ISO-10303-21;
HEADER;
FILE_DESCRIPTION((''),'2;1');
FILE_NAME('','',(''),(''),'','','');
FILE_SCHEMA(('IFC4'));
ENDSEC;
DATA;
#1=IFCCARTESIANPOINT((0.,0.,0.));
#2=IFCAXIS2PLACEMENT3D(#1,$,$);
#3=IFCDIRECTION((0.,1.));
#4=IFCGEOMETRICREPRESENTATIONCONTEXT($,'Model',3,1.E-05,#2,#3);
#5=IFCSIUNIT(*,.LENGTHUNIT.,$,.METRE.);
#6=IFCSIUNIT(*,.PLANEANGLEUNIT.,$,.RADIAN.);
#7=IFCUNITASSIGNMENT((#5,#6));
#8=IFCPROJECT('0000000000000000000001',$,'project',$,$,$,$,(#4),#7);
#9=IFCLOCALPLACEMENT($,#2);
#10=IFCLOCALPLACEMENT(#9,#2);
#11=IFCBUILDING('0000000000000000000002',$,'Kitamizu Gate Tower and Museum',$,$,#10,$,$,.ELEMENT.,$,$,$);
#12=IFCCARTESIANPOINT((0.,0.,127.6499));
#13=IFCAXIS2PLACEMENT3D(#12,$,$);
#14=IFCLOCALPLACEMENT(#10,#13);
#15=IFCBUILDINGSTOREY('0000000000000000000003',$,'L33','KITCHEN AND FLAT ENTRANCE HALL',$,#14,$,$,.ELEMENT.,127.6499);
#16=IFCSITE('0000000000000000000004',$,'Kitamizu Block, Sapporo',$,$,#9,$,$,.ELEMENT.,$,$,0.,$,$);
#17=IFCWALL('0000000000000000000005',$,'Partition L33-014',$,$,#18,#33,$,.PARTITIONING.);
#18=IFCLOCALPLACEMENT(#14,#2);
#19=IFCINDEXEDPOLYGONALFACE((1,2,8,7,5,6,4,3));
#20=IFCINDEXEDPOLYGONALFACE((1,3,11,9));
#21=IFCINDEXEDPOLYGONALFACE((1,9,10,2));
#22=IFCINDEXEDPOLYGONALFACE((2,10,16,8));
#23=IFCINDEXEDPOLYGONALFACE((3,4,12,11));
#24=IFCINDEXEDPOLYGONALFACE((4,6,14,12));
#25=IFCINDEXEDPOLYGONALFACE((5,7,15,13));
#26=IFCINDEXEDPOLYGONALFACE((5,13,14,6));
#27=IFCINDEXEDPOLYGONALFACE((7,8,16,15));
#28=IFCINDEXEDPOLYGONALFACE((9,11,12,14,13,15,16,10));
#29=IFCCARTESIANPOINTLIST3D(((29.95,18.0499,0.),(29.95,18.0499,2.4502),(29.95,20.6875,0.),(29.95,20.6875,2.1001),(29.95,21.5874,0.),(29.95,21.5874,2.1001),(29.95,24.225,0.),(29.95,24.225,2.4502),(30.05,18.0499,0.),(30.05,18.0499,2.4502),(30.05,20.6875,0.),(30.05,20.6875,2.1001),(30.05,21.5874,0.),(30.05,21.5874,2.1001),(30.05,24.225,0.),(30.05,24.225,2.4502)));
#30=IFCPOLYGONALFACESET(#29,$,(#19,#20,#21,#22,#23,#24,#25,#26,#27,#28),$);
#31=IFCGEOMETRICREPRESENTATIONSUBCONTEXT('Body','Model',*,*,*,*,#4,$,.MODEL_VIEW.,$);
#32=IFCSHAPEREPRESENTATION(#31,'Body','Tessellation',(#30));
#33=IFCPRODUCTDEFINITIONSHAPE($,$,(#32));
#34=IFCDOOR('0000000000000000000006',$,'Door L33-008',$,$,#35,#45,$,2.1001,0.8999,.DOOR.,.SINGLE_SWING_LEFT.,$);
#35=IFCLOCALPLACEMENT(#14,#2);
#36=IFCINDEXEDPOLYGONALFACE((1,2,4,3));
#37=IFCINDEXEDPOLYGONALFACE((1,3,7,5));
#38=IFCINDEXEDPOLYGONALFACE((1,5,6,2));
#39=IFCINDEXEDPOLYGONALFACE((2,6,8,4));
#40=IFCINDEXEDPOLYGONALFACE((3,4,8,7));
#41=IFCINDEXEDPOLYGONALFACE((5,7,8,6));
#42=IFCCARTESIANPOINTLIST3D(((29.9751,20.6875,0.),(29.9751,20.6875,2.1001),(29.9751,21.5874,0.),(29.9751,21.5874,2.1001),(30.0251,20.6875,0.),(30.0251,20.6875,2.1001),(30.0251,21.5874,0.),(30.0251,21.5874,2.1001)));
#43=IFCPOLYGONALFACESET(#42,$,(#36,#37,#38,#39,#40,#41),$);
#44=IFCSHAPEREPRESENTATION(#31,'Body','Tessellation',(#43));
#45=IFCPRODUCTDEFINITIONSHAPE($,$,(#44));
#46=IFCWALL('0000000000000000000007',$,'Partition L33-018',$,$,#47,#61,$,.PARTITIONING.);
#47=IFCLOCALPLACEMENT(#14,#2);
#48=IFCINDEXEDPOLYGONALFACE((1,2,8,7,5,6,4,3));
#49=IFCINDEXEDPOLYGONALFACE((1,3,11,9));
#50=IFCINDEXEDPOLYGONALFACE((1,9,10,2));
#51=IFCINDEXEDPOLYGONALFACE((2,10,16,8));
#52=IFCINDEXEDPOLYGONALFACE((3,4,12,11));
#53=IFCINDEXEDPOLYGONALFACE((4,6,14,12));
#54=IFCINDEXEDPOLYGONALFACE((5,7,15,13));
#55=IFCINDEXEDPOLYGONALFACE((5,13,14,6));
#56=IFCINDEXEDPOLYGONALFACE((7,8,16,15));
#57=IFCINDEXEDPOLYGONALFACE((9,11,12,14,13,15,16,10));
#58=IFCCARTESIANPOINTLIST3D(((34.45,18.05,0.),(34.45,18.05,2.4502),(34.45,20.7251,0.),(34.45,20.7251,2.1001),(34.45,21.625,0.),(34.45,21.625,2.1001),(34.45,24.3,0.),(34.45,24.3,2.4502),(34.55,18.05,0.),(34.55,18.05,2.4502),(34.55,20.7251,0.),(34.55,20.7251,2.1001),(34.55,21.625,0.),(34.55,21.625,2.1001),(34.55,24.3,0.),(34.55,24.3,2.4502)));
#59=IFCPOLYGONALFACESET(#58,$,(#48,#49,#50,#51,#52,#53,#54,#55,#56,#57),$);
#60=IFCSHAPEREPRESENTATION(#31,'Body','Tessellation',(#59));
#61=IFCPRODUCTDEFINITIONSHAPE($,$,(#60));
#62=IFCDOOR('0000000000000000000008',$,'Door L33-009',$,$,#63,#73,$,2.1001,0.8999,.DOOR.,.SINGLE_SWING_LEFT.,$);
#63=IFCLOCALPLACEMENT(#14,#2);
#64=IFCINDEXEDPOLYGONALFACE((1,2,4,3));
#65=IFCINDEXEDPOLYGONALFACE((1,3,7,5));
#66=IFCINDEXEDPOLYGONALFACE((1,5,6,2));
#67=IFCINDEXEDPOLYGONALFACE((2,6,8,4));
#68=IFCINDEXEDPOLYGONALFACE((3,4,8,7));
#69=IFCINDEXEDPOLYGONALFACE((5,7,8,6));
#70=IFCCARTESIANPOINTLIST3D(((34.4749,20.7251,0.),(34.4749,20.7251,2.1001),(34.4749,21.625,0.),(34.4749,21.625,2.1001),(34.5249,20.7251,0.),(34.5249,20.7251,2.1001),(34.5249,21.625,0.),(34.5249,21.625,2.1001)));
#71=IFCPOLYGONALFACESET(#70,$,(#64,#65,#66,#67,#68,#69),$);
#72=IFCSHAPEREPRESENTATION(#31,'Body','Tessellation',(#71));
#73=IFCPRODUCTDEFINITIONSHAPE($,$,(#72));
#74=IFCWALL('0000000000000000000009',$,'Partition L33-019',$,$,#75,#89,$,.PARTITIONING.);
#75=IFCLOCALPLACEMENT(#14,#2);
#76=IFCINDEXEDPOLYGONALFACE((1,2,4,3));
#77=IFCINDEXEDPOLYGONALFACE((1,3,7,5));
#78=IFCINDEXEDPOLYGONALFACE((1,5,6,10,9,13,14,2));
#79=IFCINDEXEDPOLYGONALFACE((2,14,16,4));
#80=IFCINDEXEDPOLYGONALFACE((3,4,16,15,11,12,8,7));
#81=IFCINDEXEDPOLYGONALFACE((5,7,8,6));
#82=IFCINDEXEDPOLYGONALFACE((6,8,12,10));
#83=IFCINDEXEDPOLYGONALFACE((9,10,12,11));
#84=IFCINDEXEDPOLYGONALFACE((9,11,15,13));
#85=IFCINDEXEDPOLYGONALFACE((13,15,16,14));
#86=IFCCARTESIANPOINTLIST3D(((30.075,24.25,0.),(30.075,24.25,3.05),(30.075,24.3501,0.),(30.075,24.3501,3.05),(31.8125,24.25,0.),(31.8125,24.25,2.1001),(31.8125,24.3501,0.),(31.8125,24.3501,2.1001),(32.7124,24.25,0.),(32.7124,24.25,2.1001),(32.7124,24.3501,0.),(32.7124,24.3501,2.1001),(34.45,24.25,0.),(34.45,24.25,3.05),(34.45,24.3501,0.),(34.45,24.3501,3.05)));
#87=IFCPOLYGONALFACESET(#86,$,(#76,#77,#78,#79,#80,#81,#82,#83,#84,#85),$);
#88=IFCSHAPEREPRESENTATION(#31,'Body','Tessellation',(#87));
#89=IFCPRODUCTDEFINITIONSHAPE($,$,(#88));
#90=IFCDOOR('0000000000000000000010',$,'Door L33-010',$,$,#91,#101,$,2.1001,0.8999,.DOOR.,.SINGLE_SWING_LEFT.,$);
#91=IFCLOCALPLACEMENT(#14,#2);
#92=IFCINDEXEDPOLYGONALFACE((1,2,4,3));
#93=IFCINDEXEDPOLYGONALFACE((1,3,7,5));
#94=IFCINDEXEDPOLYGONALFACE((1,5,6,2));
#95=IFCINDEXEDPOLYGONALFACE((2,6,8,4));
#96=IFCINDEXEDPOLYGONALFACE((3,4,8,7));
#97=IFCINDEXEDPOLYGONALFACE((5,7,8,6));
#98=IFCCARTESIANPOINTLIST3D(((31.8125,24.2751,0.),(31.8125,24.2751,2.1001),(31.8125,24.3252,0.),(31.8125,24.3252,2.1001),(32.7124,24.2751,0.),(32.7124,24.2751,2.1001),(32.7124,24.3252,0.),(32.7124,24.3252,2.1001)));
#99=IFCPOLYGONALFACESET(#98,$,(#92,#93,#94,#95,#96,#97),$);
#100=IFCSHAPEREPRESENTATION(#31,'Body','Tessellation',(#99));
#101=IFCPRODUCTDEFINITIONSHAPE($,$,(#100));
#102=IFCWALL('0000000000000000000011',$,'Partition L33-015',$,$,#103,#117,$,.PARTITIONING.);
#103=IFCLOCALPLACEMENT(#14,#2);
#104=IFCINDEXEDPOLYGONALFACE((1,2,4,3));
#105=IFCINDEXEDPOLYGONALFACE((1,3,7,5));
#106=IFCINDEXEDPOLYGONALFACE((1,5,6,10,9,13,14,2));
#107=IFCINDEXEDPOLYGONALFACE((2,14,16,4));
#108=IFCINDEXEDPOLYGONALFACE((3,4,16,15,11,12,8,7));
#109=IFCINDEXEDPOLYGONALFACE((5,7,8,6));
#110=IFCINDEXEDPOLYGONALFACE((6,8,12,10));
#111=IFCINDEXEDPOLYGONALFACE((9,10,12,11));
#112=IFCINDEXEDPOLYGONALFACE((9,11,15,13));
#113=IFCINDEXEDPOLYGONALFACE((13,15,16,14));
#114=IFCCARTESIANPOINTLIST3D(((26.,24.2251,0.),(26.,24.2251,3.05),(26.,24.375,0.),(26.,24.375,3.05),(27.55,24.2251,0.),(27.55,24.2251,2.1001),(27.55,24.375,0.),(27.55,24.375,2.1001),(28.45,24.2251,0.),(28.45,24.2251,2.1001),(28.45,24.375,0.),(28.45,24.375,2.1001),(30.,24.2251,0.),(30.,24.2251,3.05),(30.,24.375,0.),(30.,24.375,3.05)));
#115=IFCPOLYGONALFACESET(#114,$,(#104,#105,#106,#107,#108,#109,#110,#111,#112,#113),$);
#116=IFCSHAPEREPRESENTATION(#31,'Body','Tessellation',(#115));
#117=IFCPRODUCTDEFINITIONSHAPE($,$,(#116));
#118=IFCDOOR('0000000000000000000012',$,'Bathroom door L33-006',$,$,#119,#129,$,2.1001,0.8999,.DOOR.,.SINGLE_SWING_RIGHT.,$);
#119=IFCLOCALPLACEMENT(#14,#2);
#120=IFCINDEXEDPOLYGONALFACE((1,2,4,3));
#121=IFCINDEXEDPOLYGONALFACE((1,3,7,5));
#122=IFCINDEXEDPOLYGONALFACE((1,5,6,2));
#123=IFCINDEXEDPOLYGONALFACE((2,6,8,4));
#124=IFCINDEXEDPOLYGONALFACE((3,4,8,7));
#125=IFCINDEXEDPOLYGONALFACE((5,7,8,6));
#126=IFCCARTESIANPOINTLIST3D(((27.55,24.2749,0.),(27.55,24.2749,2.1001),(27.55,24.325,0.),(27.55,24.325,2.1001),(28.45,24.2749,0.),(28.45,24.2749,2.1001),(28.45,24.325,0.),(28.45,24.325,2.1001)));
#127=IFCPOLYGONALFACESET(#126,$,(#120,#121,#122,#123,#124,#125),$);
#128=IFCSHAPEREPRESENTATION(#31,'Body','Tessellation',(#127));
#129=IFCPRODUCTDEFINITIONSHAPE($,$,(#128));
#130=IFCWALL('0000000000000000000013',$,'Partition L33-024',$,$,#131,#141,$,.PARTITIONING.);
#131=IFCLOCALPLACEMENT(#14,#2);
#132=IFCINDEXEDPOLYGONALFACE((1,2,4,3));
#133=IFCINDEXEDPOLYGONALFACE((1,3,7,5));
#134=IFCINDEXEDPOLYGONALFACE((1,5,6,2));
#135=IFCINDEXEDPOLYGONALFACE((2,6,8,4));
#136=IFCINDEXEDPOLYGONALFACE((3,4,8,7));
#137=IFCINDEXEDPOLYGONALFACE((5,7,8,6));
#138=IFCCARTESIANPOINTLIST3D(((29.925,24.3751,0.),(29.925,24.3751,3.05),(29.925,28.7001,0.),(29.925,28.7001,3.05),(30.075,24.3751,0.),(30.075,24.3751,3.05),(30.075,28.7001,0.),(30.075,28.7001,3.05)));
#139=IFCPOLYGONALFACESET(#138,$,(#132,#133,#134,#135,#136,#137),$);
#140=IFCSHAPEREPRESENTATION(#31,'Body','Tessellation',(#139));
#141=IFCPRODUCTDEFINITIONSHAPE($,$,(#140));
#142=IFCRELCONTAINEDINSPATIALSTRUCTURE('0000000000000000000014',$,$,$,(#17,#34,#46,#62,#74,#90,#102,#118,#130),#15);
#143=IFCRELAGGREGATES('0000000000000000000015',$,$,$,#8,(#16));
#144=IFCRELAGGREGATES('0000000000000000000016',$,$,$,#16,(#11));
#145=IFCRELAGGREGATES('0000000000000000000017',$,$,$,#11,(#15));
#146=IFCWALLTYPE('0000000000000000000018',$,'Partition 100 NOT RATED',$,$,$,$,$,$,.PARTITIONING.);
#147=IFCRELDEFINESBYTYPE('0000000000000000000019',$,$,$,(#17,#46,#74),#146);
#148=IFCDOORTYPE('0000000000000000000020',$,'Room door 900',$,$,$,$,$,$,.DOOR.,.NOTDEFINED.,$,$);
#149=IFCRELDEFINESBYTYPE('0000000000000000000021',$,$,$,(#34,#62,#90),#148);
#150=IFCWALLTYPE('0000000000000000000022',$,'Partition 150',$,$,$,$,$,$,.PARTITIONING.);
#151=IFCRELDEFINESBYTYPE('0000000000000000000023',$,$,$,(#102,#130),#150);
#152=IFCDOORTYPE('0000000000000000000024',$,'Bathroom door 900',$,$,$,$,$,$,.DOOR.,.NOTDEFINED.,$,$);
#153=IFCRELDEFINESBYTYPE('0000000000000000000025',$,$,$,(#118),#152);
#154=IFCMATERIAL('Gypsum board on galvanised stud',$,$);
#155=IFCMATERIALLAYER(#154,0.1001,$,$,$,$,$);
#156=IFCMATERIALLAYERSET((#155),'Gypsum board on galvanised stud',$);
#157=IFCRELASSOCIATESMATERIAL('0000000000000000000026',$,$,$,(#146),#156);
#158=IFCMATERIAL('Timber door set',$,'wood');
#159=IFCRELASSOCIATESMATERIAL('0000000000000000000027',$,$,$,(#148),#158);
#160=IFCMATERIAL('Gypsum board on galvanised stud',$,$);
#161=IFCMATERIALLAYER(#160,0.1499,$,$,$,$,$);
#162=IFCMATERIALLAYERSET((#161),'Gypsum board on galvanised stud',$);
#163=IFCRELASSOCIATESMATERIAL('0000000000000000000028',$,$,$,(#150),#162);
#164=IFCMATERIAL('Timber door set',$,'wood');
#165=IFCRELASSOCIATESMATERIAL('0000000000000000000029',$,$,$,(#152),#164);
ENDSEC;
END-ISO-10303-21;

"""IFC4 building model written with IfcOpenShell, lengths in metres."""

from ifc_helpers import new_model, si_unit, direction, frame, frame_2d, origin, place, context, subcontext, project, spatial, rectangle, extrude, material, layer, layer_set, type_object, element, fill, save


model = new_model("IFC4")

# Units and contexts
model_context = context("Model", 3, precision=1e-05, world=origin(), true_north=direction((0.0, 1.0)))
body_context = subcontext(model_context, "Body", "Model", "MODEL_VIEW")
ifc_project = project(units=[si_unit("LENGTHUNIT", "METRE"), si_unit("PLANEANGLEUNIT", "RADIAN")], contexts=[model_context])

# Site, building, storey
site_placement = place(None, origin())
site = spatial("IfcSite", under=ifc_project, at=site_placement, Name="Kitamizu Block, Sapporo", CompositionType="ELEMENT", RefElevation=0.0)
building_placement = place(site_placement, origin())
building = spatial("IfcBuilding", under=site, at=building_placement, Name="Kitamizu Gate Tower and Museum", CompositionType="ELEMENT")
storey_placement = place(building_placement, frame((0.0, 0.0, 127.6499)))
storey = spatial("IfcBuildingStorey", under=building, at=storey_placement, Name="L33", Description="KITCHEN AND FLAT ENTRANCE HALL", CompositionType="ELEMENT", Elevation=127.6499)

# Shared definitions
ifc_material_1 = material(Name="Gypsum board on galvanised stud")
ifc_layer_1 = layer(ifc_material_1, 0.1001)
ifc_layer_set_1 = layer_set([ifc_layer_1], Name="Gypsum board on galvanised stud")
wall_type_1 = type_object("IfcWallType", Name="Partition 100 NOT RATED", PredefinedType="PARTITIONING", material=ifc_layer_set_1)
ifc_material_2 = material(Name="Timber door set", Category="wood")
door_type_1 = type_object("IfcDoorType", Name="Room door 900", OperationType="NOTDEFINED", PredefinedType="DOOR", material=ifc_material_2)

# Walls, openings, doors
wall_1_placement = place(storey_placement, frame((30.0, 18.05, 0.0), z_axis=(0.0, 0.0, 1.0), x_axis=(0.0, 1.0, 0.0)))
wall_1 = element("IfcWall", 1, at=wall_1_placement, inside=storey, type_object=wall_type_1, Name="Partition L33-014", PredefinedType="PARTITIONING", context=body_context, shape_type="SweptSolid", body=[
    extrude(rectangle(XDim=6.175, YDim=0.1001, at=frame_2d((3.0874, 0.0))), origin(), (0.0, 0.0, 1.0), 2.4502),
])
opening_1_placement = place(wall_1_placement, frame((2.6375, 0.0, 0.0)))
opening_1 = element("IfcOpeningElement", 2, at=opening_1_placement, cuts=wall_1, PredefinedType="OPENING", context=body_context, shape_type="SweptSolid", body=[
    extrude(rectangle(XDim=0.8999, YDim=2.1001, at=frame_2d((0.45, 1.05))), frame((0.0, 0.0601, 0.0), z_axis=(0.0, -1.0, 0.0), x_axis=(1.0, 0.0, 0.0)), (0.0, 0.0, 1.0), 0.1201),
])
door_1_placement = place(opening_1_placement, origin())
door_1 = element("IfcDoor", 3, at=door_1_placement, inside=storey, type_object=door_type_1, Name="Door L33-008", OperationType="SINGLE_SWING_LEFT", OverallHeight=2.1001, OverallWidth=0.8999, PredefinedType="DOOR", context=body_context, shape_type="SweptSolid", body=[
    extrude(rectangle(XDim=0.8999, YDim=2.1001, at=frame_2d((0.45, 1.05))), frame((0.0, 0.0249, 0.0), z_axis=(0.0, -1.0, 0.0), x_axis=(1.0, 0.0, 0.0)), (0.0, 0.0, 1.0), 0.05),
])
fill(opening_1, door_1)
wall_2_placement = place(storey_placement, frame((34.5, 18.05, 0.0), z_axis=(0.0, 0.0, 1.0), x_axis=(0.0, 1.0, 0.0)))
wall_2 = element("IfcWall", 4, at=wall_2_placement, inside=storey, type_object=wall_type_1, Name="Partition L33-018", PredefinedType="PARTITIONING", context=body_context, shape_type="SweptSolid", body=[
    extrude(rectangle(XDim=6.25, YDim=0.1001, at=frame_2d((3.125, 0.0))), origin(), (0.0, 0.0, 1.0), 2.4502),
])
opening_2_placement = place(wall_2_placement, frame((2.675, 0.0, 0.0)))
opening_2 = element("IfcOpeningElement", 5, at=opening_2_placement, cuts=wall_2, PredefinedType="OPENING", context=body_context, shape_type="SweptSolid", body=[
    extrude(rectangle(XDim=0.8999, YDim=2.1001, at=frame_2d((0.45, 1.05))), frame((0.0, 0.0601, 0.0), z_axis=(0.0, -1.0, 0.0), x_axis=(1.0, 0.0, 0.0)), (0.0, 0.0, 1.0), 0.1201),
])
door_2_placement = place(opening_2_placement, frame((0.8999, 0.0, 0.0), x_axis=(-1.0, 0.0, 0.0)))
door_2 = element("IfcDoor", 6, at=door_2_placement, inside=storey, type_object=door_type_1, Name="Door L33-009", OperationType="SINGLE_SWING_LEFT", OverallHeight=2.1001, OverallWidth=0.8999, PredefinedType="DOOR", context=body_context, shape_type="SweptSolid", body=[
    extrude(rectangle(XDim=0.8999, YDim=2.1001, at=frame_2d((0.45, 1.05))), frame((0.0, 0.0249, 0.0), z_axis=(0.0, -1.0, 0.0), x_axis=(1.0, 0.0, 0.0)), (0.0, 0.0, 1.0), 0.05),
])
fill(opening_2, door_2)
wall_3_placement = place(storey_placement, frame((34.45, 24.3, 0.0), z_axis=(0.0, 0.0, 1.0), x_axis=(-1.0, 0.0, 0.0)))
wall_3 = element("IfcWall", 7, at=wall_3_placement, inside=storey, type_object=wall_type_1, Name="Partition L33-019", PredefinedType="PARTITIONING", context=body_context, shape_type="SweptSolid", body=[
    extrude(rectangle(XDim=4.375, YDim=0.1001, at=frame_2d((2.1875, 0.0))), origin(), (0.0, 0.0, 1.0), 3.05),
])
opening_3_placement = place(wall_3_placement, frame((1.7375, 0.0, 0.0)))
opening_3 = element("IfcOpeningElement", 8, at=opening_3_placement, cuts=wall_3, PredefinedType="OPENING", context=body_context, shape_type="SweptSolid", body=[
    extrude(rectangle(XDim=0.8999, YDim=2.1001, at=frame_2d((0.45, 1.05))), frame((0.0, 0.0601, 0.0), z_axis=(0.0, -1.0, 0.0), x_axis=(1.0, 0.0, 0.0)), (0.0, 0.0, 1.0), 0.1201),
])
door_3_placement = place(opening_3_placement, origin())
door_3 = element("IfcDoor", 9, at=door_3_placement, inside=storey, type_object=door_type_1, Name="Door L33-010", OperationType="SINGLE_SWING_LEFT", OverallHeight=2.1001, OverallWidth=0.8999, PredefinedType="DOOR", context=body_context, shape_type="SweptSolid", body=[
    extrude(rectangle(XDim=0.8999, YDim=2.1001, at=frame_2d((0.45, 1.05))), frame((0.0, 0.0249, 0.0), z_axis=(0.0, -1.0, 0.0), x_axis=(1.0, 0.0, 0.0)), (0.0, 0.0, 1.0), 0.05),
])
fill(opening_3, door_3)
ifc_material_3 = material(Name="Gypsum board on galvanised stud")
ifc_layer_2 = layer(ifc_material_3, 0.1499)
ifc_layer_set_2 = layer_set([ifc_layer_2], Name="Gypsum board on galvanised stud")
wall_type_2 = type_object("IfcWallType", Name="Partition 150", PredefinedType="PARTITIONING", material=ifc_layer_set_2)
wall_4_placement = place(storey_placement, frame((30.0, 24.3, 0.0), z_axis=(0.0, 0.0, 1.0), x_axis=(-1.0, 0.0, 0.0)))
wall_4 = element("IfcWall", 10, at=wall_4_placement, inside=storey, type_object=wall_type_2, Name="Partition L33-015", PredefinedType="PARTITIONING", context=body_context, shape_type="SweptSolid", body=[
    extrude(rectangle(XDim=4.0, YDim=0.1499, at=frame_2d((2.0, 0.0))), origin(), (0.0, 0.0, 1.0), 3.05),
])
opening_4_placement = place(wall_4_placement, frame((1.55, 0.0, 0.0)))
opening_4 = element("IfcOpeningElement", 11, at=opening_4_placement, cuts=wall_4, PredefinedType="OPENING", context=body_context, shape_type="SweptSolid", body=[
    extrude(rectangle(XDim=0.8999, YDim=2.1001, at=frame_2d((0.45, 1.05))), frame((0.0, 0.085, 0.0), z_axis=(0.0, -1.0, 0.0), x_axis=(1.0, 0.0, 0.0)), (0.0, 0.0, 1.0), 0.1699),
])
ifc_material_4 = material(Name="Timber door set", Category="wood")
door_type_2 = type_object("IfcDoorType", Name="Bathroom door 900", OperationType="NOTDEFINED", PredefinedType="DOOR", material=ifc_material_4)
door_4_placement = place(opening_4_placement, frame((0.8999, 0.0, 0.0), x_axis=(-1.0, 0.0, 0.0)))
door_4 = element("IfcDoor", 12, at=door_4_placement, inside=storey, type_object=door_type_2, Name="Bathroom door L33-006", OperationType="SINGLE_SWING_RIGHT", OverallHeight=2.1001, OverallWidth=0.8999, PredefinedType="DOOR", context=body_context, shape_type="SweptSolid", body=[
    extrude(rectangle(XDim=0.8999, YDim=2.1001, at=frame_2d((0.45, 1.05))), frame((0.0, 0.0249, 0.0), z_axis=(0.0, -1.0, 0.0), x_axis=(1.0, 0.0, 0.0)), (0.0, 0.0, 1.0), 0.05),
])
fill(opening_4, door_4)

# Wall
wall_5_placement = place(storey_placement, frame((30.0, 24.375, 0.0), z_axis=(0.0, 0.0, 1.0), x_axis=(0.0, 1.0, 0.0)))
element("IfcWall", 13, at=wall_5_placement, inside=storey, type_object=wall_type_2, Name="Partition L33-024", PredefinedType="PARTITIONING", context=body_context, shape_type="SweptSolid", body=[
    extrude(rectangle(XDim=4.325, YDim=0.1499, at=frame_2d((2.1626, 0.0))), origin(), (0.0, 0.0, 1.0), 3.05),
])

save(model, "model.ifc")
